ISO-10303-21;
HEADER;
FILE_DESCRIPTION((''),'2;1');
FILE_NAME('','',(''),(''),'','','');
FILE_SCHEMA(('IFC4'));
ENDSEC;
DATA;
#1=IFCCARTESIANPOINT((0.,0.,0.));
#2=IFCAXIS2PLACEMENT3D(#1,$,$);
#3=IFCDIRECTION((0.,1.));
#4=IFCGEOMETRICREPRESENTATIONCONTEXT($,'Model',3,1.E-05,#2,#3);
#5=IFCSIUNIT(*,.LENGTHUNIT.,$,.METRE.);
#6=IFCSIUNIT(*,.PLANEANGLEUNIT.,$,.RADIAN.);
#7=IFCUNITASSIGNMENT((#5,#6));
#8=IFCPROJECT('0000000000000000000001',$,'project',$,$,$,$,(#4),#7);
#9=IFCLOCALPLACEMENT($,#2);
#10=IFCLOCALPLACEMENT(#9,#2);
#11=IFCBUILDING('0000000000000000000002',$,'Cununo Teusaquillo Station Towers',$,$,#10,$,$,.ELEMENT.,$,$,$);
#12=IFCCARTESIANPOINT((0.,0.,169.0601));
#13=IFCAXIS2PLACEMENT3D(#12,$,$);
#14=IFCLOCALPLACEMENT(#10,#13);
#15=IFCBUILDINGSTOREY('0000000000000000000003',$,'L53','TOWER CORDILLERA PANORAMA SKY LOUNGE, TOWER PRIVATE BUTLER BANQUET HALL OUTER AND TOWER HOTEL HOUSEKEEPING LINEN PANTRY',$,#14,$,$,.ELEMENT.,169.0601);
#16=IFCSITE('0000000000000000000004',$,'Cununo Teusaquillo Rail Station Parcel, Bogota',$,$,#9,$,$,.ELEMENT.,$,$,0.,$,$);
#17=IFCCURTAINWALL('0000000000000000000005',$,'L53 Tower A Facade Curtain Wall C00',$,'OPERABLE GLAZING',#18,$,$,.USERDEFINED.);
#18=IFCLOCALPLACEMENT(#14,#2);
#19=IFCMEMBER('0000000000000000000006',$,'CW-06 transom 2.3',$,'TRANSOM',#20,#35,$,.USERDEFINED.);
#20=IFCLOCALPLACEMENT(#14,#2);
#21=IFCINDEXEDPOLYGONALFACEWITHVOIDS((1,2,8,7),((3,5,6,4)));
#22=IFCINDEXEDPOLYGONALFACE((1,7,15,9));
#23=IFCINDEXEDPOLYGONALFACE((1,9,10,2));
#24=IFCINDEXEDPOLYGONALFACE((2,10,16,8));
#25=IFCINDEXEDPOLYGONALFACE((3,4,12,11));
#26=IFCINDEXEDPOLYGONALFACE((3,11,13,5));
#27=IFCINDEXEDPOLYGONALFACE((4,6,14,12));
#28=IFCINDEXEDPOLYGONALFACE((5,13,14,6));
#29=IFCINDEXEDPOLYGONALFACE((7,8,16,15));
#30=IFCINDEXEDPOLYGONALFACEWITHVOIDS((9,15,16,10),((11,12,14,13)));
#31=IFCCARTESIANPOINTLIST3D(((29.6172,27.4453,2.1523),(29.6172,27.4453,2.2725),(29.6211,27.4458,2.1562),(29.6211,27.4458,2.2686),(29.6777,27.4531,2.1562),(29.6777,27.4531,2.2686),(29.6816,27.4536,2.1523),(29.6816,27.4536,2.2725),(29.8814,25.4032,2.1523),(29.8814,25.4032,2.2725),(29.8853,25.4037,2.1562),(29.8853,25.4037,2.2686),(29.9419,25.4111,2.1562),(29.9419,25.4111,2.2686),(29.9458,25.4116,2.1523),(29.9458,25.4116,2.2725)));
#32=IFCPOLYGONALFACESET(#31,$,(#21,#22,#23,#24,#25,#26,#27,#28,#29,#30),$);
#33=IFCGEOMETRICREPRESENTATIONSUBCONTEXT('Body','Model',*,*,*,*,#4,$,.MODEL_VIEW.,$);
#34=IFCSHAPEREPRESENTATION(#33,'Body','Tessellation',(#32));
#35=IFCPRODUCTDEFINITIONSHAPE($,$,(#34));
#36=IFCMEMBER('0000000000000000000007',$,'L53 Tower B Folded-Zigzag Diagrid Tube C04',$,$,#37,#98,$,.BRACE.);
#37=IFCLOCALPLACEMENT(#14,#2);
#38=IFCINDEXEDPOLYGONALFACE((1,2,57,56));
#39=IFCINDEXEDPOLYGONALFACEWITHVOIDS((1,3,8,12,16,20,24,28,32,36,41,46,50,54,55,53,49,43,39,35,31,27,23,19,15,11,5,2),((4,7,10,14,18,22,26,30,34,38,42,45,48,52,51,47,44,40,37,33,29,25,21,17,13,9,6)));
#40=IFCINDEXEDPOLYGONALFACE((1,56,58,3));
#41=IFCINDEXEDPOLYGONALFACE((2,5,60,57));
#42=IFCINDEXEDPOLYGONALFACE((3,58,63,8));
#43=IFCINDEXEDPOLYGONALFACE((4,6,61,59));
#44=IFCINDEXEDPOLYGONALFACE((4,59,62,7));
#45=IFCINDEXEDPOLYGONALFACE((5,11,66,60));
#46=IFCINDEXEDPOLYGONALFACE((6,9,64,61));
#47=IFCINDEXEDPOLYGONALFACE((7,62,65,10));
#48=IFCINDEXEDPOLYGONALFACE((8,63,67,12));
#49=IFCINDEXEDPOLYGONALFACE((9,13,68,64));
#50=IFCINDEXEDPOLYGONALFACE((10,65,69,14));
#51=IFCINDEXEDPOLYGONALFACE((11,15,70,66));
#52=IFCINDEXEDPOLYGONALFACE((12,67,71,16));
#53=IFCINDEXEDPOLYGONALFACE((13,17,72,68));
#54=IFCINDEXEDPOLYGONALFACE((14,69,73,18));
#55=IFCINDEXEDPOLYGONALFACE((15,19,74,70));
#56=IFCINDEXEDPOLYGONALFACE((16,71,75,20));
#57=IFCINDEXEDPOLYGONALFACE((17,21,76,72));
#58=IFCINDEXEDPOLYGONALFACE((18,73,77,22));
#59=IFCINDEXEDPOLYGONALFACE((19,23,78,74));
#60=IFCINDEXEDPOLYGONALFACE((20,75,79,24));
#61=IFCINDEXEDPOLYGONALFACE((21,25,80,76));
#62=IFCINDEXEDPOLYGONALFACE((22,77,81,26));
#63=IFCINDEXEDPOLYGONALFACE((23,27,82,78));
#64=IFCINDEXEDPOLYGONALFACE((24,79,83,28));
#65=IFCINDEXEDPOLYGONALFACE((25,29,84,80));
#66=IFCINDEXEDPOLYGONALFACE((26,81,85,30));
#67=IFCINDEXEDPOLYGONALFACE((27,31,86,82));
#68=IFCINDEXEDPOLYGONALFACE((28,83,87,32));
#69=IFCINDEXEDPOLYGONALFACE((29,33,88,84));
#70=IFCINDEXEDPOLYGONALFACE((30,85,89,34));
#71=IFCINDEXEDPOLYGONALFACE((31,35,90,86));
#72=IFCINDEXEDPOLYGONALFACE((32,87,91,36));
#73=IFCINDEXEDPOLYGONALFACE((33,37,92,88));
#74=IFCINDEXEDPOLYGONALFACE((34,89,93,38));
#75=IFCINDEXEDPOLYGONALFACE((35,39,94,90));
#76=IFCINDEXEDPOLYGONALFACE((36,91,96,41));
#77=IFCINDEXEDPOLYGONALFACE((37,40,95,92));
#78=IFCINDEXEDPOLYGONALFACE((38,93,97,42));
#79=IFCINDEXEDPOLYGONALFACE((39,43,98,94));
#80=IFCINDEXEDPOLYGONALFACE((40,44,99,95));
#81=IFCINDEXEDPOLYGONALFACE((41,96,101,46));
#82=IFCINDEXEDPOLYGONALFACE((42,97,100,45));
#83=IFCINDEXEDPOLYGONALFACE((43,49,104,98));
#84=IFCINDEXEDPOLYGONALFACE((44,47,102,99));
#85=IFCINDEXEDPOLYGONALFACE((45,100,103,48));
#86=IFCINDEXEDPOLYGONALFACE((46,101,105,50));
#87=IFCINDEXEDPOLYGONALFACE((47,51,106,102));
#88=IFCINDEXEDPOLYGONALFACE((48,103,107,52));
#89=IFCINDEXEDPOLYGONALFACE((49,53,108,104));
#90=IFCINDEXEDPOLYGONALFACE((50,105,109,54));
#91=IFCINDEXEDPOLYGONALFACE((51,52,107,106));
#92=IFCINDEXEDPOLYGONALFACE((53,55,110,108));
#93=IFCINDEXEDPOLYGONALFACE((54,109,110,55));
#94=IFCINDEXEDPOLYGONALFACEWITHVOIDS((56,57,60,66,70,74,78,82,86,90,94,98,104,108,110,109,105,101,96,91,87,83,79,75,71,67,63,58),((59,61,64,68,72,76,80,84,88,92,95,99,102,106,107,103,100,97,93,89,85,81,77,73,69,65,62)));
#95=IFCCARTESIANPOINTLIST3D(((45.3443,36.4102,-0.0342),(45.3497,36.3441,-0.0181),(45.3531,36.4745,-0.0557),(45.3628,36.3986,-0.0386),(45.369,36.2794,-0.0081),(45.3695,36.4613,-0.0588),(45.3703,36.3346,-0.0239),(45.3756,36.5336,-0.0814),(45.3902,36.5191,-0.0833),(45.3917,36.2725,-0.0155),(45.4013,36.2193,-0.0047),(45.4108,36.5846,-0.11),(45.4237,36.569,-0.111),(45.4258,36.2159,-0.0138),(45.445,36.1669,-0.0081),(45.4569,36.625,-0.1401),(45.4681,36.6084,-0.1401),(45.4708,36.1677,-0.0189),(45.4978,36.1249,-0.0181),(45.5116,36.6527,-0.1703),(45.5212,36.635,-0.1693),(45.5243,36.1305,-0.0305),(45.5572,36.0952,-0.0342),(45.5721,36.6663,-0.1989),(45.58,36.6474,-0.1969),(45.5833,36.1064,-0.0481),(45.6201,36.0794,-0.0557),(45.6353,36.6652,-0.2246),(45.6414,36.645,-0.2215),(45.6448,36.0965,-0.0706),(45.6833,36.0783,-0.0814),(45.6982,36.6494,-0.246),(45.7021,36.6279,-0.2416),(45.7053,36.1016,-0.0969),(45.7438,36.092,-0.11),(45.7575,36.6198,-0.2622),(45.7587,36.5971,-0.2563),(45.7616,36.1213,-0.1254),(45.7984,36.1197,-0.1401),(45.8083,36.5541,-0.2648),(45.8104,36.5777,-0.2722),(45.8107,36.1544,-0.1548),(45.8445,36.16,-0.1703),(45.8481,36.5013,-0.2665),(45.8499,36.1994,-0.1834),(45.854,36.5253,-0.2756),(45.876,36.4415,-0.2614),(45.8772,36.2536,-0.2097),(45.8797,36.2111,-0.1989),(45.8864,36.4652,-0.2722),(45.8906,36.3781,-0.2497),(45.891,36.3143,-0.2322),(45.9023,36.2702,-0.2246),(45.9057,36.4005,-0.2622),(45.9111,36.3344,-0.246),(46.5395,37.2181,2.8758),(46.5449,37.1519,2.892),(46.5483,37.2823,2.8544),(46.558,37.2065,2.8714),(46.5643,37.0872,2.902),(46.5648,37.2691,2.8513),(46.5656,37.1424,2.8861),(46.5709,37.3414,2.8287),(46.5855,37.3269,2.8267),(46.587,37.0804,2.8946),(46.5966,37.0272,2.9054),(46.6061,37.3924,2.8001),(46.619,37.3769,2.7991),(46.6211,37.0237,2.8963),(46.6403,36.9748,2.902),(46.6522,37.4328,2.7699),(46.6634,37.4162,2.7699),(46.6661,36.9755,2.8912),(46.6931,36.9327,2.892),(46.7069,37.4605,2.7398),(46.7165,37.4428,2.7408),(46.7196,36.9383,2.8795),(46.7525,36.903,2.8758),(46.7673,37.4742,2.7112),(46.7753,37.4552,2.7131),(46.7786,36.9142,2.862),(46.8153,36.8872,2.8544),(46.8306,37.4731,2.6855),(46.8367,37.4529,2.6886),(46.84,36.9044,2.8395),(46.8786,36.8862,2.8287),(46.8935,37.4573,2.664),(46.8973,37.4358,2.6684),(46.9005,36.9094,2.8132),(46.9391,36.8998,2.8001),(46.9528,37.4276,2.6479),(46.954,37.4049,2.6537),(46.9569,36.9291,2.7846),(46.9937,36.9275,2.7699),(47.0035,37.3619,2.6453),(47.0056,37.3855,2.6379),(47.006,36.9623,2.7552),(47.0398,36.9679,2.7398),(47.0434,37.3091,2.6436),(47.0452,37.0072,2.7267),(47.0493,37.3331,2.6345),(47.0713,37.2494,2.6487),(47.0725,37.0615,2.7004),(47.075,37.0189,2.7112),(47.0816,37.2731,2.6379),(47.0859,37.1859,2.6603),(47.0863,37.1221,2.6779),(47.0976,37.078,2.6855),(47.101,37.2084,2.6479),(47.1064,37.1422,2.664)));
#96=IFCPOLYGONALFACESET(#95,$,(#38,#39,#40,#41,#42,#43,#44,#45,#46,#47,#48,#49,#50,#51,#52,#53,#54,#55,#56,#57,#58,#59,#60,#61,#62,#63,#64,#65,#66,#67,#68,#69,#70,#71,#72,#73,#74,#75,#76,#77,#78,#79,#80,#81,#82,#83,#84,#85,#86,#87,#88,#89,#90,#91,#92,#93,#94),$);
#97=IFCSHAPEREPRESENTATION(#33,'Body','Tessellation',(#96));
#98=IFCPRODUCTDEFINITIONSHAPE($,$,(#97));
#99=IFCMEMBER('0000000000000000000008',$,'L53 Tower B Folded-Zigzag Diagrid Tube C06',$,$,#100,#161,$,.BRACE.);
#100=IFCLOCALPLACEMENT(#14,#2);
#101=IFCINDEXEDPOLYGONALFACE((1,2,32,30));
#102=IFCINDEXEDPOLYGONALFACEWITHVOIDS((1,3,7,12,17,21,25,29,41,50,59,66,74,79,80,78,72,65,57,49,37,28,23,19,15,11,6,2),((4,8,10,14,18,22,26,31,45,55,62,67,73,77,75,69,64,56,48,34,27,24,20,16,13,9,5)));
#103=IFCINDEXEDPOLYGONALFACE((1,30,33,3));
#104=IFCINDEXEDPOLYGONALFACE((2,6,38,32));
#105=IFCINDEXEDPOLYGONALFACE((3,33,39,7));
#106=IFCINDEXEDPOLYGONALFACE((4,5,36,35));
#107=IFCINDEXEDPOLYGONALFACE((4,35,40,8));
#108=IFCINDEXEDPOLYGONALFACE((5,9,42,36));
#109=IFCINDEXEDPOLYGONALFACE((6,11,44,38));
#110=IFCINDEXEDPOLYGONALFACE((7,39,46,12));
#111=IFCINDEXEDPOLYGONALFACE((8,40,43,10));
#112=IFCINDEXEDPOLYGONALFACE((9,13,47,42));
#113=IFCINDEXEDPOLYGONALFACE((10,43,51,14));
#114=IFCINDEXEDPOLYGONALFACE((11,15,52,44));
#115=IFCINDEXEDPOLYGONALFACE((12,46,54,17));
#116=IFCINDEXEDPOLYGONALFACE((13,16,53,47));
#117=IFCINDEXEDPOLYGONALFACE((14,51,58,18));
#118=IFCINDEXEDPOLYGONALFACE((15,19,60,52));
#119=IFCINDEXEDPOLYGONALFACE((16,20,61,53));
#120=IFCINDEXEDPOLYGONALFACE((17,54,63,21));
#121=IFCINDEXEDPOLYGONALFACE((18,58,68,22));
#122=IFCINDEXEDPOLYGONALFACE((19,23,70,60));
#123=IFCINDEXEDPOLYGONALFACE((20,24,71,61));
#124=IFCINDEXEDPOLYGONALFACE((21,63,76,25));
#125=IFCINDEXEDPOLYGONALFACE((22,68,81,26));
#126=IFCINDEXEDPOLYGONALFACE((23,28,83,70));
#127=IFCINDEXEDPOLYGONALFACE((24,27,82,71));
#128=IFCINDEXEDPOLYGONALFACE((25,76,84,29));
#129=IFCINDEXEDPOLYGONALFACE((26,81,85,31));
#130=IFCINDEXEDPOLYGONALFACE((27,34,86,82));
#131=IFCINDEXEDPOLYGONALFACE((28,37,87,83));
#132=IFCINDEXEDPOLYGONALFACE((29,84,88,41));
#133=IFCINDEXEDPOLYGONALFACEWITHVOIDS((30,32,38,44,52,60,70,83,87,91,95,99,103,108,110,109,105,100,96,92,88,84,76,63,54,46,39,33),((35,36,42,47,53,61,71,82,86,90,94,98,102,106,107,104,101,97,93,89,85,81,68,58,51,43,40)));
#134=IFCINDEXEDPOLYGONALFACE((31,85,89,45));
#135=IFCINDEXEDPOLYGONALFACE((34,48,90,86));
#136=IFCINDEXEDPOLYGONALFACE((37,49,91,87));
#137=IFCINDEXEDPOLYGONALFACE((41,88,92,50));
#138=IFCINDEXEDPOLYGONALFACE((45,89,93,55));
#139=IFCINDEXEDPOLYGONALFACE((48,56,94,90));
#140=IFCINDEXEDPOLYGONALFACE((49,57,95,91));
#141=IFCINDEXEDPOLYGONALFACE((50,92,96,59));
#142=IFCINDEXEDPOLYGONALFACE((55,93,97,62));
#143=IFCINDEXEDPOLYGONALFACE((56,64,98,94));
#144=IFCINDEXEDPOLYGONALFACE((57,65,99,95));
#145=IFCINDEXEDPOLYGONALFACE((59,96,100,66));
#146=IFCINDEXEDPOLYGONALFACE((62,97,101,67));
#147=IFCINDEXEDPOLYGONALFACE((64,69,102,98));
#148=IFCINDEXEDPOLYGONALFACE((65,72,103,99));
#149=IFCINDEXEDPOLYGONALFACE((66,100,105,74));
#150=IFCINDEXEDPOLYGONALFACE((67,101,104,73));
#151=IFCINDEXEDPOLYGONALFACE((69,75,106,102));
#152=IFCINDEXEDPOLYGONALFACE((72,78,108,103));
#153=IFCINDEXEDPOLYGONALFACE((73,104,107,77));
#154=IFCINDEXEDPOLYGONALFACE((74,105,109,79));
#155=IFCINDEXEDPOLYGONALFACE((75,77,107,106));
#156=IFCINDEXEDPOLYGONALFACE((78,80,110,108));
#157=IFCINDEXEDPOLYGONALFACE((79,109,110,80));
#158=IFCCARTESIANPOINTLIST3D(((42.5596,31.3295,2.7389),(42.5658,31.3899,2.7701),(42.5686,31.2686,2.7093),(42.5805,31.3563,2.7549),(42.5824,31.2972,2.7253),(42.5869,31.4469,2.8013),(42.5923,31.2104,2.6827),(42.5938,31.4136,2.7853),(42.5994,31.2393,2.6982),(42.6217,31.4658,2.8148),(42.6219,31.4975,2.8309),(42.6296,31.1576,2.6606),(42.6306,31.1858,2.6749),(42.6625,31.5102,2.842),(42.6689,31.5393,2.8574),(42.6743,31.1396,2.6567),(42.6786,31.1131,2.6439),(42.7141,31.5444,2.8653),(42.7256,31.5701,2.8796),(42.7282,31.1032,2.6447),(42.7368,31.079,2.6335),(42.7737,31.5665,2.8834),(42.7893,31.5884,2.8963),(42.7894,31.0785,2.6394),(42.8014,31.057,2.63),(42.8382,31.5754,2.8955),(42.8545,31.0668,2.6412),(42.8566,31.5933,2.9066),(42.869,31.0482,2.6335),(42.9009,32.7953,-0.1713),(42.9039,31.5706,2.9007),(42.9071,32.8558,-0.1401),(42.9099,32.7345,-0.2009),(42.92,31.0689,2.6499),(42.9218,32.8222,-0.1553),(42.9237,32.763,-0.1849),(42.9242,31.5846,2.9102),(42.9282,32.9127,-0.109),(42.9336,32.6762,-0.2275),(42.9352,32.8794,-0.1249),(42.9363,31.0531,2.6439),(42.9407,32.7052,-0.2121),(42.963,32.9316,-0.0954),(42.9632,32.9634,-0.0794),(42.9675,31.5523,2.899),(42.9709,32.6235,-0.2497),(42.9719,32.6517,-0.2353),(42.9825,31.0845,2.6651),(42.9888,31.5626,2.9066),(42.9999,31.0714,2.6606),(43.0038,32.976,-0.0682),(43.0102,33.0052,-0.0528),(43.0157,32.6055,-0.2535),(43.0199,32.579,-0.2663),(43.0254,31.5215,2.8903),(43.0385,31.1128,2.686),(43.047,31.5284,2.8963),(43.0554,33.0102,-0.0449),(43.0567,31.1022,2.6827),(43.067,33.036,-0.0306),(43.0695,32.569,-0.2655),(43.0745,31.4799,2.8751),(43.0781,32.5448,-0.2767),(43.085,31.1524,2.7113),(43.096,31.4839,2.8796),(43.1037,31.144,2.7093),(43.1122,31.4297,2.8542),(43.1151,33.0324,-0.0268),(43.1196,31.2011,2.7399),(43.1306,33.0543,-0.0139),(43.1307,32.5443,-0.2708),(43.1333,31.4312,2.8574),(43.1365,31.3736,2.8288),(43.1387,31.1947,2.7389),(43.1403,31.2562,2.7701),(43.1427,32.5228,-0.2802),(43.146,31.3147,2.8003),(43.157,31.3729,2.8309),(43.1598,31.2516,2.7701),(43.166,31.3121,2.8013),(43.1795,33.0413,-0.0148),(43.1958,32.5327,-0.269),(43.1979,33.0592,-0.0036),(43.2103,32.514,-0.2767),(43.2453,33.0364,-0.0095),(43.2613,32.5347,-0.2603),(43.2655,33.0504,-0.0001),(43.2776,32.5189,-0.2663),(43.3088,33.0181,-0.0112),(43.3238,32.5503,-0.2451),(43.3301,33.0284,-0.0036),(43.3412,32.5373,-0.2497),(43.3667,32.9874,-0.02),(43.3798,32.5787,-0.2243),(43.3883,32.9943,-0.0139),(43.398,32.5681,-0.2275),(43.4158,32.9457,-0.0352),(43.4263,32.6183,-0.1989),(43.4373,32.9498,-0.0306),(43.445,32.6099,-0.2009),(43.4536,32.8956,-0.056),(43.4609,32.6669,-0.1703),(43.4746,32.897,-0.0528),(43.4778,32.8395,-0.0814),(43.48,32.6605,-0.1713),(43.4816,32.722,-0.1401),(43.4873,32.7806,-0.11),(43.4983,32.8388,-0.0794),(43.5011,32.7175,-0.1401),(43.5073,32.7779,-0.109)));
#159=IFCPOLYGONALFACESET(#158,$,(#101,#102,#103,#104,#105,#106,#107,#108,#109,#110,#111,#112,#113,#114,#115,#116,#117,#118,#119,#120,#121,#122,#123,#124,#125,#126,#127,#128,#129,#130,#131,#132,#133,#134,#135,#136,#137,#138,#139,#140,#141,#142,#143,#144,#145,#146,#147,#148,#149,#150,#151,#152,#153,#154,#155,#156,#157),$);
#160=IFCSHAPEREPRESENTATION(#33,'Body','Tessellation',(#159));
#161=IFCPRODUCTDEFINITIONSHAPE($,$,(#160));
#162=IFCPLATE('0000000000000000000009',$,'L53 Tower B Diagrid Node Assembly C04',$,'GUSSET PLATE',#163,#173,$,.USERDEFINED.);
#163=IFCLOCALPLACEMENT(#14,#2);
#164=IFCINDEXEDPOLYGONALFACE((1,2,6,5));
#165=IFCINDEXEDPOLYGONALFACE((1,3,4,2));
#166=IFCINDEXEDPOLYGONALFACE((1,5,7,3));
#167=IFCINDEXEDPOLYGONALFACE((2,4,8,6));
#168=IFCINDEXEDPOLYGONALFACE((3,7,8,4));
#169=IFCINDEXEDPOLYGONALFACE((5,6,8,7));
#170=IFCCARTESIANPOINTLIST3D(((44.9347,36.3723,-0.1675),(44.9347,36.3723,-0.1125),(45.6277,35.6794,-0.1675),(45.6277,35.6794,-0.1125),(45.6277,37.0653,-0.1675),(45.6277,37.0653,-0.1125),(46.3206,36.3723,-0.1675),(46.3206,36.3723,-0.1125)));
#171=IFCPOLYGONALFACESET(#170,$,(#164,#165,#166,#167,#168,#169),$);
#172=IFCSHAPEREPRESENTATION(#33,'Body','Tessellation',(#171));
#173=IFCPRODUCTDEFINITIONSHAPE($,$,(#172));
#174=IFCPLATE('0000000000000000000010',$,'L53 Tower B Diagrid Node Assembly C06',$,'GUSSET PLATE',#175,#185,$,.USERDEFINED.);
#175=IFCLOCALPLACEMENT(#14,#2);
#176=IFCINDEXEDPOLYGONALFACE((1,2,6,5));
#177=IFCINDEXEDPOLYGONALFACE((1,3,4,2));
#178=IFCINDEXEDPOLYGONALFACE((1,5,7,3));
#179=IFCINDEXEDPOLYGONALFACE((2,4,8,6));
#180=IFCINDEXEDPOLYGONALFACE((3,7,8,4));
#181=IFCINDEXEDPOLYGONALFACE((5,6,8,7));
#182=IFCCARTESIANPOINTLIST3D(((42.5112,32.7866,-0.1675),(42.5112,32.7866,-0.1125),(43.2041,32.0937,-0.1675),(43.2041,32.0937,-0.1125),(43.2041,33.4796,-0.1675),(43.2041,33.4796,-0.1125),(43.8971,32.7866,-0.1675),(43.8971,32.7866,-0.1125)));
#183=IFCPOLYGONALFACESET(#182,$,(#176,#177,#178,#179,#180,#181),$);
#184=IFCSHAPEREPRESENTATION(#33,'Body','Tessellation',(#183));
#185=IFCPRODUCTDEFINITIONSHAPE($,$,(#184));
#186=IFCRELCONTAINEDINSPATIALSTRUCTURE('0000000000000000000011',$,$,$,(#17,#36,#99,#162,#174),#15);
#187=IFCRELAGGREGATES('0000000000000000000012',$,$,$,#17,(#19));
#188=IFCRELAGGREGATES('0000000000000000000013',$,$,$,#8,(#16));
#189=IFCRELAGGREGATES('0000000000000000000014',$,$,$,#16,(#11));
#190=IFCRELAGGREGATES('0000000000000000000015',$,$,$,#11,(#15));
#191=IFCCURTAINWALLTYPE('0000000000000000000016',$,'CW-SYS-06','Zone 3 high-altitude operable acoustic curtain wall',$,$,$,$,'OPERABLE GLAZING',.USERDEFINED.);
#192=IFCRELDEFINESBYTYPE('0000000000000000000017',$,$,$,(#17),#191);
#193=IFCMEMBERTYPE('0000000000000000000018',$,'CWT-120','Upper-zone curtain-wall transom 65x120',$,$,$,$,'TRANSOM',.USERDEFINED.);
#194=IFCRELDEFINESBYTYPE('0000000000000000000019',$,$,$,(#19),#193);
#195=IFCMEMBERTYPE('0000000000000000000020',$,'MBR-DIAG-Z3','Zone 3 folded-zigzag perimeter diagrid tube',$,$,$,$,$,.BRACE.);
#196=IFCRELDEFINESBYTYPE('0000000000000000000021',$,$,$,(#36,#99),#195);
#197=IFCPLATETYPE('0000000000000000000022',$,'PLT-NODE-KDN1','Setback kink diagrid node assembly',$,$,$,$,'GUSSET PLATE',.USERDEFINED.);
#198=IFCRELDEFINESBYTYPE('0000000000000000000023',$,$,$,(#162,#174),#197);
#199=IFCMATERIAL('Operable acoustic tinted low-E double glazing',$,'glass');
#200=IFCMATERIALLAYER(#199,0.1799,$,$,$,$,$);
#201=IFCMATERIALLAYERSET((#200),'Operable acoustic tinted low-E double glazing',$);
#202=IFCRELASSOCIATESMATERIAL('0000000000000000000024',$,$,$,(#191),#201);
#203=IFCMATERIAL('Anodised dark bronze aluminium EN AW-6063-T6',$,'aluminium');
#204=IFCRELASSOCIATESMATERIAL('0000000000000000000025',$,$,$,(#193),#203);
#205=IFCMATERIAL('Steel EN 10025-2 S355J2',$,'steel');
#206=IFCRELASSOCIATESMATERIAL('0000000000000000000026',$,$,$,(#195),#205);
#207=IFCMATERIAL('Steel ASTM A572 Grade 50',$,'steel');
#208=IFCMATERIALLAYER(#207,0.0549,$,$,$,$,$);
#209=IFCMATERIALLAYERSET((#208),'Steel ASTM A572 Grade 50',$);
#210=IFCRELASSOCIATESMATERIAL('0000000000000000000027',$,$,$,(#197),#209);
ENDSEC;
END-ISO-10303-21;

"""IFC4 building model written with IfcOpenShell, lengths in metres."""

from ifc_helpers import new_model, si_unit, direction, frame, origin, origin_2d, place, context, subcontext, project, spatial, rectangle, hollow_rectangle, hollow_circle, extrude, source, transform, mapped, material, layer, layer_set, material_profile, profile_set, type_object, element, aggregate, save


model = new_model("IFC4")

# Units and contexts
model_context = context("Model", 3, precision=1e-05, world=origin(), true_north=direction((0.0, 1.0)))
body_context = subcontext(model_context, "Body", "Model", "MODEL_VIEW")
ifc_project = project(units=[si_unit("LENGTHUNIT", "METRE"), si_unit("PLANEANGLEUNIT", "RADIAN")], contexts=[model_context])

# Site, building, storey
site_placement = place(None, origin())
site = spatial("IfcSite", under=ifc_project, at=site_placement, Name="Cununo Teusaquillo Rail Station Parcel, Bogota", CompositionType="ELEMENT", RefElevation=0.0)
building_placement = place(site_placement, origin())
building = spatial("IfcBuilding", under=site, at=building_placement, Name="Cununo Teusaquillo Station Towers", CompositionType="ELEMENT")
storey_placement = place(building_placement, frame((0.0, 0.0, 169.0601)))
storey = spatial("IfcBuildingStorey", under=building, at=storey_placement, Name="L53", Description="TOWER CORDILLERA PANORAMA SKY LOUNGE, TOWER PRIVATE BUTLER BANQUET HALL OUTER AND TOWER HOTEL HOUSEKEEPING LINEN PANTRY", CompositionType="ELEMENT", Elevation=169.0601)

# Curtain wall, member
ifc_material_1 = material(Name="Operable acoustic tinted low-E double glazing", Category="glass")
ifc_layer_1 = layer(ifc_material_1, 0.1799)
ifc_layer_set_1 = layer_set([ifc_layer_1], Name="Operable acoustic tinted low-E double glazing")
curtain_wall_type = type_object("IfcCurtainWallType", Name="CW-SYS-06", Description="Zone 3 high-altitude operable acoustic curtain wall", ElementType="OPERABLE GLAZING", PredefinedType="USERDEFINED", material=ifc_layer_set_1)
curtain_wall_placement = place(storey_placement, origin())
curtain_wall = element("IfcCurtainWall", 1, at=curtain_wall_placement, inside=storey, type_object=curtain_wall_type, Name="L53 Tower A Facade Curtain Wall C00", ObjectType="OPERABLE GLAZING", PredefinedType="USERDEFINED")
ifc_material_2 = material(Name="Anodised dark bronze aluminium EN AW-6063-T6", Category="aluminium")
ifc_material_profile_1 = material_profile(ifc_material_2, hollow_rectangle(XDim=0.0649, YDim=0.1201, WallThickness=0.0039, at=origin_2d()), Name="CW-TRAN-65x120")
ifc_profile_set_1 = profile_set([ifc_material_profile_1], Name="Anodised dark bronze aluminium EN AW-6063-T6")
member_type_1 = type_object("IfcMemberType", Name="CWT-120", Description="Upper-zone curtain-wall transom 65x120", ElementType="TRANSOM", PredefinedType="USERDEFINED", material=ifc_profile_set_1)
member_1_placement = place(storey_placement, frame((29.6494, 27.4495, 2.2124), z_axis=(0.128295, -0.991736, 0.0), x_axis=(0.991736, 0.128295, 0.0)))
member_1 = element("IfcMember", 2, at=member_1_placement, type_object=member_type_1, Name="CW-06 transom 2.3", ObjectType="TRANSOM", PredefinedType="USERDEFINED", context=body_context, shape_type="SweptSolid", body=[
    extrude(hollow_rectangle(XDim=0.0649, YDim=0.1201, WallThickness=0.0039, at=origin_2d()), origin(), (0.0, 0.0, 1.0), 2.0591),
])

# Members
ifc_material_3 = material(Name="Steel EN 10025-2 S355J2", Category="steel")
ifc_material_profile_2 = material_profile(ifc_material_3, hollow_circle(Radius=0.3049, WallThickness=0.02, at=origin_2d()), Name="CHS 610x20")
ifc_profile_set_2 = profile_set([ifc_material_profile_2], Name="Steel EN 10025-2 S355J2")
member_type_2 = type_object("IfcMemberType", Name="MBR-DIAG-Z3", Description="Zone 3 folded-zigzag perimeter diagrid tube", PredefinedType="BRACE", material=ifc_profile_set_2)
member_2_placement = place(storey_placement, frame((45.6277, 36.3723, -0.1401), z_axis=(0.367999, 0.248715, 0.895945), x_axis=(-0.559961, 0.828519, 0.0)))
element("IfcMember", 3, at=member_2_placement, inside=storey, type_object=member_type_2, Name="L53 Tower B Folded-Zigzag Diagrid Tube C04", PredefinedType="BRACE", context=body_context, shape_type="SweptSolid", body=[
    extrude(hollow_circle(Radius=0.3049, WallThickness=0.02, at=origin_2d()), origin(), (0.0, 0.0, 1.0), 3.248),
])
member_3_placement = place(storey_placement, frame((43.2041, 32.7866, -0.1401), z_axis=(-0.104175, -0.447401, 0.888245), x_axis=(0.973946, -0.226778, 0.0)))
element("IfcMember", 4, at=member_3_placement, inside=storey, type_object=member_type_2, Name="L53 Tower B Folded-Zigzag Diagrid Tube C06", PredefinedType="BRACE", context=body_context, shape_type="SweptSolid", body=[
    extrude(hollow_circle(Radius=0.3049, WallThickness=0.02, at=origin_2d()), origin(), (0.0, 0.0, 1.0), 3.2764),
])

# Plates
ifc_material_4 = material(Name="Steel ASTM A572 Grade 50", Category="steel")
ifc_layer_2 = layer(ifc_material_4, 0.0549)
ifc_layer_set_2 = layer_set([ifc_layer_2], Name="Steel ASTM A572 Grade 50")
plate_type_1 = type_object("IfcPlateType", Name="PLT-NODE-KDN1", Description="Setback kink diagrid node assembly", ElementType="GUSSET PLATE", PredefinedType="USERDEFINED", material=ifc_layer_set_2)
shared_shape_1 = source(origin(), body_context, "Body", "SweptSolid", [
    extrude(rectangle(XDim=0.98, YDim=0.98, at=origin_2d()), origin(), (0.0, 0.0, 1.0), 0.0549),
])
for number, where, z_axis, x_axis, name in (
    (5, (45.6277, 36.3723, -0.1675), (0.0, 0.0, 1.0), (0.707107, 0.707107, 0.0), "L53 Tower B Diagrid Node Assembly C04"),
    (6, (43.2041, 32.7866, -0.1675), (0.0, 0.0, 1.0), (0.707107, 0.707107, 0.0), "L53 Tower B Diagrid Node Assembly C06"),
):
    element("IfcPlate", number, at=place(storey_placement, frame(where, z_axis=z_axis, x_axis=x_axis)), inside=storey, type_object=plate_type_1, Name=name, ObjectType="GUSSET PLATE", PredefinedType="USERDEFINED", context=body_context, shape_type="MappedRepresentation", body=[
        mapped(shared_shape_1, transform((0.0, 0.0, 0.0), x_axis=(1.0, 0.0, 0.0), y_axis=(0.0, 1.0, 0.0), z_axis=(0.0, 0.0, 1.0), scale=1.0)),
    ])

aggregate(curtain_wall, [member_1])

save(model, "model.ifc")
